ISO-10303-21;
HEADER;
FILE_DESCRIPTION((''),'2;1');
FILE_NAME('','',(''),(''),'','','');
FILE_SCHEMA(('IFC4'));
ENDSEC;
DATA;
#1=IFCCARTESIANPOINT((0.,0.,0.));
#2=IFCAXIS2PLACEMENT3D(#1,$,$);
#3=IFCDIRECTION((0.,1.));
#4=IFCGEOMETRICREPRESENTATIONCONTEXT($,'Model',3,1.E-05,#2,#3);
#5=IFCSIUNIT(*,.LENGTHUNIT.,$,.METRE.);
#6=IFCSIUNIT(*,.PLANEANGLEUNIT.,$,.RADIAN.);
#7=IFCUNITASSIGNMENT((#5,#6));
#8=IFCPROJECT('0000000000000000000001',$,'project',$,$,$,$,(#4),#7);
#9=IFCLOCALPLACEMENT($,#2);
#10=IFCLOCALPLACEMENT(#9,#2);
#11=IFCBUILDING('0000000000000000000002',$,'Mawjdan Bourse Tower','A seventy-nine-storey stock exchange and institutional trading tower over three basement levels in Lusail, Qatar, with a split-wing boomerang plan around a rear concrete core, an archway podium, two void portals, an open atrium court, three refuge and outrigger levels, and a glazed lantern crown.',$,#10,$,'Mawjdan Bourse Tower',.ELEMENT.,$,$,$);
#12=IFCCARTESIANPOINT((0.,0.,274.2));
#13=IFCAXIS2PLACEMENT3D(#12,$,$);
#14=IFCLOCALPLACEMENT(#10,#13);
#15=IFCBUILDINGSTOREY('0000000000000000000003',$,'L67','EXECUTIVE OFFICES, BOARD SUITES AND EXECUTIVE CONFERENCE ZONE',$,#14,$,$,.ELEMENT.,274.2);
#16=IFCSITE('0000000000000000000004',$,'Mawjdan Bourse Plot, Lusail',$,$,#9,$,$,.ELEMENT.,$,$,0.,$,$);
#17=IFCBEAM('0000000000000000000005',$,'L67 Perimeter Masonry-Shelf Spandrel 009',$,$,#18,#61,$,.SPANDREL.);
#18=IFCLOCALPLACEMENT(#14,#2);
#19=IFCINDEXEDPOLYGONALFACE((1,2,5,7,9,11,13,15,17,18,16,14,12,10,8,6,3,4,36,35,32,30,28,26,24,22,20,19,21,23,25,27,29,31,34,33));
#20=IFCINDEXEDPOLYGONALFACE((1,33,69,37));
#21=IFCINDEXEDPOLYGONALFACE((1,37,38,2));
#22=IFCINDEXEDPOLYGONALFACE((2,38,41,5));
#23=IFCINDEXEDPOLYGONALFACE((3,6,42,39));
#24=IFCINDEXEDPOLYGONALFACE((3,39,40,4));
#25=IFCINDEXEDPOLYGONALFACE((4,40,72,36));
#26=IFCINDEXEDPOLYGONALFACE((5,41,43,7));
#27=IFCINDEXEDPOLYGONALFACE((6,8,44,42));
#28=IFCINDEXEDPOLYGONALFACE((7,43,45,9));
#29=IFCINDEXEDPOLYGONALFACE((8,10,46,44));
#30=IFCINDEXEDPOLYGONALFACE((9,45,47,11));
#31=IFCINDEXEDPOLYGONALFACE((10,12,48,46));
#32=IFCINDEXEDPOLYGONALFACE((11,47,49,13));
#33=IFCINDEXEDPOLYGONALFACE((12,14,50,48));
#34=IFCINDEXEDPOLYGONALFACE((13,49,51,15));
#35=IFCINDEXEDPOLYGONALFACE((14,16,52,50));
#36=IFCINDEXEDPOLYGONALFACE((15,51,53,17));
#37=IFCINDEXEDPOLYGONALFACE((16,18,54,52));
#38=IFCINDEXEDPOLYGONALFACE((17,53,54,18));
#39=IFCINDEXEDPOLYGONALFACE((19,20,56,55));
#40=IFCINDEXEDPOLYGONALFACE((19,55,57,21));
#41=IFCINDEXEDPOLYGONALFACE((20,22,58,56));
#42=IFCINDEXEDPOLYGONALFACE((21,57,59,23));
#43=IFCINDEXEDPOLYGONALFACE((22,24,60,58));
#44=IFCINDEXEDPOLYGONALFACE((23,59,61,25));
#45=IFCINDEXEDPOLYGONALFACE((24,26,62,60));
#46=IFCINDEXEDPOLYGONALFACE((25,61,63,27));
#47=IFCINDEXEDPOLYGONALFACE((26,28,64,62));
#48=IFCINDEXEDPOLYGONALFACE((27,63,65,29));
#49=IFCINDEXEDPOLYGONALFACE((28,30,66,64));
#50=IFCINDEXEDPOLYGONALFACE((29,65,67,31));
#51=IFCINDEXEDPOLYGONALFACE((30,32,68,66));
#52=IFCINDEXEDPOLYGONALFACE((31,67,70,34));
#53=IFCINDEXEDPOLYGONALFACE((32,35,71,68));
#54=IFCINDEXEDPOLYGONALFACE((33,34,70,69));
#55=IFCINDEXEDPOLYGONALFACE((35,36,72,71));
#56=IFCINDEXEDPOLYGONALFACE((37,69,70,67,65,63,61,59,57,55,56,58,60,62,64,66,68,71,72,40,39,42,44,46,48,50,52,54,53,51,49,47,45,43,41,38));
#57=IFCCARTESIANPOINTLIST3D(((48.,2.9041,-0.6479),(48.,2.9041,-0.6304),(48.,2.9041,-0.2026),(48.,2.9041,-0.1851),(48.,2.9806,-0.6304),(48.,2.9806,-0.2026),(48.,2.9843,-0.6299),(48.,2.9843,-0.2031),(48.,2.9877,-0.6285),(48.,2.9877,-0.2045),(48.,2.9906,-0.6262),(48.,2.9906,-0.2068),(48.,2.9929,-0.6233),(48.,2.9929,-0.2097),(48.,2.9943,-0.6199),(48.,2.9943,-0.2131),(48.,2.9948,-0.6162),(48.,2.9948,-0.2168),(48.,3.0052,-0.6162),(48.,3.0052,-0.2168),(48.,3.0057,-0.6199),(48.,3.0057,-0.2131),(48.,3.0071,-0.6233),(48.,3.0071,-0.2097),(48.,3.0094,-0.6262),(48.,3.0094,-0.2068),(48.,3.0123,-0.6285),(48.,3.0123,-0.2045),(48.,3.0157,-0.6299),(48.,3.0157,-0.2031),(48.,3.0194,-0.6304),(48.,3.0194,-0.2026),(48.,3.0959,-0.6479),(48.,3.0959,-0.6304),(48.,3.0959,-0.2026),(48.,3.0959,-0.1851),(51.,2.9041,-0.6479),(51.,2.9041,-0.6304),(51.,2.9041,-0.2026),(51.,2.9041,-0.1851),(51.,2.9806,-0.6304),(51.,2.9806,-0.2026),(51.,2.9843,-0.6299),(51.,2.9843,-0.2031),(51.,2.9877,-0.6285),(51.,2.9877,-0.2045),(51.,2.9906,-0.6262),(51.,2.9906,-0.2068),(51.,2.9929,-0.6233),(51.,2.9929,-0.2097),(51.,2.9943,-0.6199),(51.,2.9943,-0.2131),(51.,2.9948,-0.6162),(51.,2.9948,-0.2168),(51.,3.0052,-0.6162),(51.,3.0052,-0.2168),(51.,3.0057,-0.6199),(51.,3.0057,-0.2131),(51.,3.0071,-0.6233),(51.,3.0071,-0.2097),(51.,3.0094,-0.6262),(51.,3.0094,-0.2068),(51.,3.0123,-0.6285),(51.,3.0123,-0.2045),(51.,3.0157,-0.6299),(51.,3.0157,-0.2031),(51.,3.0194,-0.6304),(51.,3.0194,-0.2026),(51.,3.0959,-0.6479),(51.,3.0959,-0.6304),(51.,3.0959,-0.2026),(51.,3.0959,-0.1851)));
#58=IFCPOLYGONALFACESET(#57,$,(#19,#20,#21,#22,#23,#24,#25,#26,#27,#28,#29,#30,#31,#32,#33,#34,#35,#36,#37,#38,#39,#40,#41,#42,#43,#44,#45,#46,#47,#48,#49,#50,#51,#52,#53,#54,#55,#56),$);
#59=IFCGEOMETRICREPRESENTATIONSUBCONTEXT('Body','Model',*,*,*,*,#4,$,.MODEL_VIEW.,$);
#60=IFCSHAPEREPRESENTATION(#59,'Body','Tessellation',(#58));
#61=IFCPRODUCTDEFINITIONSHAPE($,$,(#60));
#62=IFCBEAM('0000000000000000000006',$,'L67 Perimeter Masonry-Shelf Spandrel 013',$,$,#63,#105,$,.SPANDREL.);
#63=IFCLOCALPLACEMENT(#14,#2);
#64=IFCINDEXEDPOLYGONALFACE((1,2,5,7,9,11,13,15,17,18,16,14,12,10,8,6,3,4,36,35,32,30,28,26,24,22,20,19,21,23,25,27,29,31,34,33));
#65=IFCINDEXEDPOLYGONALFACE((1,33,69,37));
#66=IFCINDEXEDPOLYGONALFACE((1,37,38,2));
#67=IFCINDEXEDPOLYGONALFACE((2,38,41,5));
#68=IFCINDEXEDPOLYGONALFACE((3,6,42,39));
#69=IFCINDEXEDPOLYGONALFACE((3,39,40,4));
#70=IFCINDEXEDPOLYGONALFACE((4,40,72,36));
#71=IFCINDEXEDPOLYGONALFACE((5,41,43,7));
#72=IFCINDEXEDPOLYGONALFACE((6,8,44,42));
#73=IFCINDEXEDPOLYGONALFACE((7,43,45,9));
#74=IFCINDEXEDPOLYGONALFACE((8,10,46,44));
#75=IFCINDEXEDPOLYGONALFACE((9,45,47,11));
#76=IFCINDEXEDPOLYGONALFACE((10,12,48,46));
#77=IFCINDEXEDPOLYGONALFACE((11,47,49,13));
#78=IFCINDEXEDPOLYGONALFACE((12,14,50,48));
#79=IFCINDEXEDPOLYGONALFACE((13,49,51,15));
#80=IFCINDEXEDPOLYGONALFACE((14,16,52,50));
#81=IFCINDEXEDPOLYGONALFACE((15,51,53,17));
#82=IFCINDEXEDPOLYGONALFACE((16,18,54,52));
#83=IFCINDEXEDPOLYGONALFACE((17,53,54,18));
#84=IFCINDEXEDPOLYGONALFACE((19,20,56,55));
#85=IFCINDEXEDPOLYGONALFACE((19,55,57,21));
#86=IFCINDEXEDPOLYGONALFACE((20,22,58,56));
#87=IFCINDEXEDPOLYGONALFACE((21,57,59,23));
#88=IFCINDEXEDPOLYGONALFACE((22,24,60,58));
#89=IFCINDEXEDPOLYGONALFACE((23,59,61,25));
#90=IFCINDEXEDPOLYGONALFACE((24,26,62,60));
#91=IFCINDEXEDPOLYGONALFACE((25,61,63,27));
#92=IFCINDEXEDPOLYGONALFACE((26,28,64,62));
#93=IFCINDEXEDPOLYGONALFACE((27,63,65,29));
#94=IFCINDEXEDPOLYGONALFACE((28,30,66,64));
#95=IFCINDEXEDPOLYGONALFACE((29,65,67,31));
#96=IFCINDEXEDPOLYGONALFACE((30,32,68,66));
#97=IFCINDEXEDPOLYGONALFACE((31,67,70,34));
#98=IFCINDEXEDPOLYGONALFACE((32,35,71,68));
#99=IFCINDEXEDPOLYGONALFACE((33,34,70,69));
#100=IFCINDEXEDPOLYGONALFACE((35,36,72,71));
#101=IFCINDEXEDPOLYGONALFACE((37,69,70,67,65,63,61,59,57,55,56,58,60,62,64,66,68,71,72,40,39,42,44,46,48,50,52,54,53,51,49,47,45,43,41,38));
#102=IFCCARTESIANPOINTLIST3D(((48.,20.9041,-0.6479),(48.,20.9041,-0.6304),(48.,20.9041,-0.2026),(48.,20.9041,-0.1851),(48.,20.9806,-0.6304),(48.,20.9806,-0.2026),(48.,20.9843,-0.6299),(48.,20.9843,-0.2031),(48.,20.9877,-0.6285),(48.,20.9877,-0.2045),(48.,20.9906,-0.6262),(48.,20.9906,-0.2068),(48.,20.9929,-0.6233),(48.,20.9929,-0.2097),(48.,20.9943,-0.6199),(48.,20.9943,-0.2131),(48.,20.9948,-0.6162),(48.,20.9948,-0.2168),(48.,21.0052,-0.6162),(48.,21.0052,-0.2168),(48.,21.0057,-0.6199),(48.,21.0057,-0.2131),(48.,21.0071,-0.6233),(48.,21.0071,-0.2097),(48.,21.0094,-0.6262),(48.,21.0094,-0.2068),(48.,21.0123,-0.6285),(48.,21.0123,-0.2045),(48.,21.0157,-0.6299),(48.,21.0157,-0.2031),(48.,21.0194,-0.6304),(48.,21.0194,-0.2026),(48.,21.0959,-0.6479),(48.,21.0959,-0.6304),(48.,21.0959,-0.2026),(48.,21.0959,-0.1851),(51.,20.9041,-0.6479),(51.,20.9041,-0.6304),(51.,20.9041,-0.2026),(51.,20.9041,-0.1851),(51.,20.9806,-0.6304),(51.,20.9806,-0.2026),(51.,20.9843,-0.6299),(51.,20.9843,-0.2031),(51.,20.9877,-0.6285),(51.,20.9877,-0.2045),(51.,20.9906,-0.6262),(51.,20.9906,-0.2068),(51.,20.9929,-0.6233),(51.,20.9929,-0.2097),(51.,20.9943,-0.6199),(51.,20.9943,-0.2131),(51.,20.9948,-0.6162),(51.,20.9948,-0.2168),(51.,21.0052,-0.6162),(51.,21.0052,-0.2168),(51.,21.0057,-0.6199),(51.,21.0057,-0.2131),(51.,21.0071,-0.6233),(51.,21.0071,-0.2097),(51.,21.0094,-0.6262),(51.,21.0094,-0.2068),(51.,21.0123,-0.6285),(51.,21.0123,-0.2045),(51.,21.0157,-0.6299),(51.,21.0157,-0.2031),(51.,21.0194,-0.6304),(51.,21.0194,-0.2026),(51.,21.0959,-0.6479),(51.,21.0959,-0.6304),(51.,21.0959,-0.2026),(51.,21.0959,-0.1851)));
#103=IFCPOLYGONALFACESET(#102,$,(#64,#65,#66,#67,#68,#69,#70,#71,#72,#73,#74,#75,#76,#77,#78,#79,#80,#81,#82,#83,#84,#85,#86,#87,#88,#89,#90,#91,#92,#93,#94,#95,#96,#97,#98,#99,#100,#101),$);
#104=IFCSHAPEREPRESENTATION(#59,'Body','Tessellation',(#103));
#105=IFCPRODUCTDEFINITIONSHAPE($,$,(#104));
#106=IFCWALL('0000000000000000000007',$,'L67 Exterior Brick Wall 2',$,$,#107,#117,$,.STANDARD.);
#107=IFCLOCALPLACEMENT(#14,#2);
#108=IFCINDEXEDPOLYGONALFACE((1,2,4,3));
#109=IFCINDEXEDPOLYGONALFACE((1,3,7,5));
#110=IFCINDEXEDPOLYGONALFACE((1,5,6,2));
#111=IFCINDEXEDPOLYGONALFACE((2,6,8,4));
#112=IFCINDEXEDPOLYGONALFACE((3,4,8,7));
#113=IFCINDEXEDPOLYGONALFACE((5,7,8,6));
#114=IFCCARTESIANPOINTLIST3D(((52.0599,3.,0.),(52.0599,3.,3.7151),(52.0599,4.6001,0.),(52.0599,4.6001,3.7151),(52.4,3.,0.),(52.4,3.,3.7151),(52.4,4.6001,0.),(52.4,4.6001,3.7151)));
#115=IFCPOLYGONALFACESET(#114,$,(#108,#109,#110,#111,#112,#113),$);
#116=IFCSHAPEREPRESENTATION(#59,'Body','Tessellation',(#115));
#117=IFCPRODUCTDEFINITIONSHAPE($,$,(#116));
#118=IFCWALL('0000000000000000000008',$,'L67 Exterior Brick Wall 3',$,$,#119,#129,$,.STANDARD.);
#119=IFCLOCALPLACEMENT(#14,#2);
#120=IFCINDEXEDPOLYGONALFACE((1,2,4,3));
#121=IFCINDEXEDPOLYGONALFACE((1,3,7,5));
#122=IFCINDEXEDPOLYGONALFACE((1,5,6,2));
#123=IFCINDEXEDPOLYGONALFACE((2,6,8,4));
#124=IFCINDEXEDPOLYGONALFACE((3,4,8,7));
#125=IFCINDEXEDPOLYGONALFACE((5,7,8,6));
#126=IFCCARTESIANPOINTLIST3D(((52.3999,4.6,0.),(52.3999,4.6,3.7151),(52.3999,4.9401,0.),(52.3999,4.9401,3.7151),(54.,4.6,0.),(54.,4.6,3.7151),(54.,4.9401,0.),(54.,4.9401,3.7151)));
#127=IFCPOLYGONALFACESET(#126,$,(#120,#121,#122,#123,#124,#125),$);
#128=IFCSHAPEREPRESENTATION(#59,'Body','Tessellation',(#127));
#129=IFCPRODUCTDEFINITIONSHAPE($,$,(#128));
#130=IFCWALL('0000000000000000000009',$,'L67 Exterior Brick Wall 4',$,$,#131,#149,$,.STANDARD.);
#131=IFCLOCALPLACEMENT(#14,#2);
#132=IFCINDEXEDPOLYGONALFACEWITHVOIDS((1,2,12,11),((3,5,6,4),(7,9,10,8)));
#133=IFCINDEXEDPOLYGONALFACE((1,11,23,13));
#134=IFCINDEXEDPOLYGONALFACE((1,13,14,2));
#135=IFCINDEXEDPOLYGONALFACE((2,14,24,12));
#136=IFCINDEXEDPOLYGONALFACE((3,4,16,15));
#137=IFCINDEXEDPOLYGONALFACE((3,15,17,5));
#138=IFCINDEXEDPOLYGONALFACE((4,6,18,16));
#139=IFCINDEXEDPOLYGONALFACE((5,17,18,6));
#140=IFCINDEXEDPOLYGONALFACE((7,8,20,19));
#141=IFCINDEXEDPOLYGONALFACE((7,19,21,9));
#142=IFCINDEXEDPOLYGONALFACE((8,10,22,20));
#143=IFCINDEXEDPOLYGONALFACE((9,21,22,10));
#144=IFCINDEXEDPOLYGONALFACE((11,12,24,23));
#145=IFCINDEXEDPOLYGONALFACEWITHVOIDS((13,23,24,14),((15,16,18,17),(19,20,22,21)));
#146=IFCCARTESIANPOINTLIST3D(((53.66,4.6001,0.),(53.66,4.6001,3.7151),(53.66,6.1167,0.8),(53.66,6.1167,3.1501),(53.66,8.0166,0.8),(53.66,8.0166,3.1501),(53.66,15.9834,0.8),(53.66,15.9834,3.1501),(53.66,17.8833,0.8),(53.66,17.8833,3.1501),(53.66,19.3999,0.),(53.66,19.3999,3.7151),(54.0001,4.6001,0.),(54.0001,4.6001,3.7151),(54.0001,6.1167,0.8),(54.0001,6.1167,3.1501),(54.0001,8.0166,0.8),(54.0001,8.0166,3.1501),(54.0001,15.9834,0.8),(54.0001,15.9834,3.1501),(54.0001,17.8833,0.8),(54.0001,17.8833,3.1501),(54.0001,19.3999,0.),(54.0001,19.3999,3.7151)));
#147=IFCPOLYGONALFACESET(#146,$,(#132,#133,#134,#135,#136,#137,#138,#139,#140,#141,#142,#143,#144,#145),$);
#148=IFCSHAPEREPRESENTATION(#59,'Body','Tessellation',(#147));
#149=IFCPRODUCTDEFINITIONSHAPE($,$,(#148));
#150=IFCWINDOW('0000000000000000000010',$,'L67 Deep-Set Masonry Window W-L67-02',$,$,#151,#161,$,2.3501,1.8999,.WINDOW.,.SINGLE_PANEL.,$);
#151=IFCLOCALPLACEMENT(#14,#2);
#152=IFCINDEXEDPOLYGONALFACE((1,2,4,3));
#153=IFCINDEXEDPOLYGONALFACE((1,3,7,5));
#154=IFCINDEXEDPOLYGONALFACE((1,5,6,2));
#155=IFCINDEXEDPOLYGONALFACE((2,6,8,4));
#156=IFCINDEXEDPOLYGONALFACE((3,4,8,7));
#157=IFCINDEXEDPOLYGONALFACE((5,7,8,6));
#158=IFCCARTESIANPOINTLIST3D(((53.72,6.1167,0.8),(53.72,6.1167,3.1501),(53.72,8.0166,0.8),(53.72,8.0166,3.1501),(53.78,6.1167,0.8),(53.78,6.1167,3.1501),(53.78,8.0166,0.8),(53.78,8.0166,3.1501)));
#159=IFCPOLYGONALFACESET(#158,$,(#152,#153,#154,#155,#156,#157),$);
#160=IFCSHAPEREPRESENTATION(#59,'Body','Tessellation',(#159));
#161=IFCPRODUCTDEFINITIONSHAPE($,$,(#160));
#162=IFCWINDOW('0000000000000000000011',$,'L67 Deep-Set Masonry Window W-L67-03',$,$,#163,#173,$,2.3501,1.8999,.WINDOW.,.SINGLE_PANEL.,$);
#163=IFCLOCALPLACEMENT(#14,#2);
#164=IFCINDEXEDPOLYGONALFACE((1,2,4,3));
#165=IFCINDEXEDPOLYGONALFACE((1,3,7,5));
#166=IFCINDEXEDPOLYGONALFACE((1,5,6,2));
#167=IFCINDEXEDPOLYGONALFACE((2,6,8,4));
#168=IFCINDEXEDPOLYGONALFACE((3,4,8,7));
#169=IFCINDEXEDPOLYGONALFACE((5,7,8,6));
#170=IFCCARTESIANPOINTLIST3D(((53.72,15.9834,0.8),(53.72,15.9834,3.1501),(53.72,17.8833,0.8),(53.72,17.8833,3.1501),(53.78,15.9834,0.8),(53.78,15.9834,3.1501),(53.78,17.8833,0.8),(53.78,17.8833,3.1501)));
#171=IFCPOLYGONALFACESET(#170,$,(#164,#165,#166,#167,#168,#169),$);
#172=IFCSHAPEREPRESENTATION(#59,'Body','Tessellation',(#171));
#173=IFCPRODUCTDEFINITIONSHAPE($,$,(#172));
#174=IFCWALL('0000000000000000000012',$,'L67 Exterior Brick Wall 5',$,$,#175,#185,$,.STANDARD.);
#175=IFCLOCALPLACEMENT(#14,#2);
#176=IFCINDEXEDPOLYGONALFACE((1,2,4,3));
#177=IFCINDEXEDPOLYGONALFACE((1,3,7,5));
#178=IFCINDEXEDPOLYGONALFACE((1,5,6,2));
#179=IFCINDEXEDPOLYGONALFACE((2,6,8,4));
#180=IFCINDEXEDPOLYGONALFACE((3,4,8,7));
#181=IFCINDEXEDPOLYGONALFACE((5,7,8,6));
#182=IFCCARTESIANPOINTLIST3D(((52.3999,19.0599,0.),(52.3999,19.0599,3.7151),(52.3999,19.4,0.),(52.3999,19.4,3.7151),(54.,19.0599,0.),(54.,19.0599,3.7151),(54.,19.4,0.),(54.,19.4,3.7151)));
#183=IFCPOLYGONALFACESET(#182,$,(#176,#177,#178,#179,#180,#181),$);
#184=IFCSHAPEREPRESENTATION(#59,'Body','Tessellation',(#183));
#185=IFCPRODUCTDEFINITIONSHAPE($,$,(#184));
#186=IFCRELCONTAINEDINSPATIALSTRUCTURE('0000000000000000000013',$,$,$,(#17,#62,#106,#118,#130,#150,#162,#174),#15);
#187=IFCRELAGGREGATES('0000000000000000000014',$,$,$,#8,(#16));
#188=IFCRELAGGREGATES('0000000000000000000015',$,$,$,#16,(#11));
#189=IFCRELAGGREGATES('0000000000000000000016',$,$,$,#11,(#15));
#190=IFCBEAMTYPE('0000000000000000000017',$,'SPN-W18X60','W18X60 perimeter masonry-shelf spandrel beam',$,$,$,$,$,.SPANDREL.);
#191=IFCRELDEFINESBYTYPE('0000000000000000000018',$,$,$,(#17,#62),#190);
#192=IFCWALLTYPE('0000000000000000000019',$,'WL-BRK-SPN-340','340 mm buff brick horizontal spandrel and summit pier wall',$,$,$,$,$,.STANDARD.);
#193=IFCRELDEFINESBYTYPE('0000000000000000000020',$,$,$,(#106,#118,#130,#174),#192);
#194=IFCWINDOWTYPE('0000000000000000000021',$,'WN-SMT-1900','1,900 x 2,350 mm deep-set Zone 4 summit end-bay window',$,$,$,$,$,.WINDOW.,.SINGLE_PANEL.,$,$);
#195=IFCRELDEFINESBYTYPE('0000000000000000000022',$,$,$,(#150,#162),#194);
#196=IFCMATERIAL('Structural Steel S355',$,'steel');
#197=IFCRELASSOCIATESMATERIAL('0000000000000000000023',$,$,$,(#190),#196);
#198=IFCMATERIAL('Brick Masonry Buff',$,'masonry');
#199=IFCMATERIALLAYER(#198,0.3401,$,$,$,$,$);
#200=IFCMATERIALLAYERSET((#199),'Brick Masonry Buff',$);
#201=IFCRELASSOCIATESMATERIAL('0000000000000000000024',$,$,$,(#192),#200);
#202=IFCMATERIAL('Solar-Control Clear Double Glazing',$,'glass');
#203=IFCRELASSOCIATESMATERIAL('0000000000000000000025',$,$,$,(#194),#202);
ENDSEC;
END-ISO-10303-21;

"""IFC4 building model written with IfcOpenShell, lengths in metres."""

from ifc_helpers import new_model, si_unit, direction, frame, frame_2d, origin, origin_2d, place, context, subcontext, project, spatial, rectangle, i_section, extrude, material, layer, layer_set, material_profile, profile_set, type_object, element, fill, save


model = new_model("IFC4")

# Units and contexts
model_context = context("Model", 3, precision=1e-05, world=origin(), true_north=direction((0.0, 1.0)))
body_context = subcontext(model_context, "Body", "Model", "MODEL_VIEW")
ifc_project = project(units=[si_unit("LENGTHUNIT", "METRE"), si_unit("PLANEANGLEUNIT", "RADIAN")], contexts=[model_context])

# Site, building, storey
site_placement = place(None, origin())
site = spatial("IfcSite", under=ifc_project, at=site_placement, Name="Mawjdan Bourse Plot, Lusail", CompositionType="ELEMENT", RefElevation=0.0)
building_placement = place(site_placement, origin())
building = spatial("IfcBuilding", under=site, at=building_placement, Name="Mawjdan Bourse Tower", Description="A seventy-nine-storey stock exchange and institutional trading tower over three basement levels in Lusail, Qatar, with a split-wing boomerang plan around a rear concrete core, an archway podium, two void portals, an open atrium court, three refuge and outrigger levels, and a glazed lantern crown.", LongName="Mawjdan Bourse Tower", CompositionType="ELEMENT")
storey_placement = place(building_placement, frame((0.0, 0.0, 274.2)))
storey = spatial("IfcBuildingStorey", under=building, at=storey_placement, Name="L67", Description="EXECUTIVE OFFICES, BOARD SUITES AND EXECUTIVE CONFERENCE ZONE", CompositionType="ELEMENT", Elevation=274.2)

# Beams
ifc_material_1 = material(Name="Structural Steel S355", Category="steel")
ifc_material_profile_1 = material_profile(ifc_material_1, i_section(OverallWidth=0.1919, OverallDepth=0.4629, WebThickness=0.0105, FlangeThickness=0.0176, FilletRadius=0.0142, at=origin_2d()), Name="W18X60")
ifc_profile_set_1 = profile_set([ifc_material_profile_1], Name="Structural Steel S355")
beam_type_1 = type_object("IfcBeamType", Name="SPN-W18X60", Description="W18X60 perimeter masonry-shelf spandrel beam", PredefinedType="SPANDREL", material=ifc_profile_set_1)
for number, where, z_axis, x_axis, name in (
    (1, (48.0, 3.0, -0.4165), (1.0, 0.0, 0.0), (0.0, 1.0, 0.0), "L67 Perimeter Masonry-Shelf Spandrel 009"),
    (2, (48.0, 21.0, -0.4165), (1.0, 0.0, 0.0), (0.0, 1.0, 0.0), "L67 Perimeter Masonry-Shelf Spandrel 013"),
):
    element("IfcBeam", number, at=place(storey_placement, frame(where, z_axis=z_axis, x_axis=x_axis)), inside=storey, type_object=beam_type_1, Name=name, PredefinedType="SPANDREL", context=body_context, shape_type="SweptSolid", body=[
        extrude(i_section(OverallWidth=0.1919, OverallDepth=0.4629, WebThickness=0.0105, FlangeThickness=0.0176, FilletRadius=0.0142, at=origin_2d()), origin(), (0.0, 0.0, 1.0), 3.0),
    ])

# Walls
ifc_material_2 = material(Name="Brick Masonry Buff", Category="masonry")
ifc_layer = layer(ifc_material_2, 0.3401)
ifc_layer_set = layer_set([ifc_layer], Name="Brick Masonry Buff")
wall_type = type_object("IfcWallType", Name="WL-BRK-SPN-340", Description="340 mm buff brick horizontal spandrel and summit pier wall", PredefinedType="STANDARD", material=ifc_layer_set)
for number, where, z_axis, x_axis, name in (
    (3, (52.23, 3.0, 0.0), (0.0, 0.0, 1.0), (0.0, 1.0, 0.0), "L67 Exterior Brick Wall 2"),
    (4, (52.3999, 4.77, 0.0), (0.0, 0.0, 1.0), (1.0, 0.0, 0.0), "L67 Exterior Brick Wall 3"),
):
    element("IfcWall", number, at=place(storey_placement, frame(where, z_axis=z_axis, x_axis=x_axis)), inside=storey, type_object=wall_type, Name=name, PredefinedType="STANDARD", context=body_context, shape_type="SweptSolid", body=[
        extrude(rectangle(XDim=1.6001, YDim=0.3401, at=frame_2d((0.8, 0.0))), origin(), (0.0, 0.0, 1.0), 3.7151),
    ])

# Wall, openings, windows
wall_1_placement = place(storey_placement, frame((53.8301, 4.6001, 0.0), z_axis=(0.0, 0.0, 1.0), x_axis=(0.0, 1.0, 0.0)))
wall_1 = element("IfcWall", 5, at=wall_1_placement, inside=storey, type_object=wall_type, Name="L67 Exterior Brick Wall 4", PredefinedType="STANDARD", context=body_context, shape_type="SweptSolid", body=[
    extrude(rectangle(XDim=14.7998, YDim=0.3401, at=frame_2d((7.3999, 0.0))), origin(), (0.0, 0.0, 1.0), 3.7151),
])
opening_1_placement = place(wall_1_placement, frame((1.5166, 0.0, 0.8)))
opening_1 = element("IfcOpeningElement", 6, at=opening_1_placement, cuts=wall_1, PredefinedType="OPENING", context=body_context, shape_type="SweptSolid", body=[
    extrude(rectangle(XDim=1.8999, YDim=2.3501, at=frame_2d((0.95, 1.175))), frame((0.0, 0.1802, 0.0), z_axis=(0.0, -1.0, 0.0), x_axis=(1.0, 0.0, 0.0)), (0.0, 0.0, 1.0), 0.3601),
])
opening_2_placement = place(wall_1_placement, frame((11.3833, 0.0, 0.8)))
opening_2 = element("IfcOpeningElement", 7, at=opening_2_placement, cuts=wall_1, PredefinedType="OPENING", context=body_context, shape_type="SweptSolid", body=[
    extrude(rectangle(XDim=1.8999, YDim=2.3501, at=frame_2d((0.95, 1.175))), frame((0.0, 0.1802, 0.0), z_axis=(0.0, -1.0, 0.0), x_axis=(1.0, 0.0, 0.0)), (0.0, 0.0, 1.0), 0.3601),
])
ifc_material_3 = material(Name="Solar-Control Clear Double Glazing", Category="glass")
window_type_1 = type_object("IfcWindowType", Name="WN-SMT-1900", Description="1,900 x 2,350 mm deep-set Zone 4 summit end-bay window", PartitioningType="SINGLE_PANEL", PredefinedType="WINDOW", material=ifc_material_3)
window_1_placement = place(opening_1_placement, origin())
window_1 = element("IfcWindow", 8, at=window_1_placement, inside=storey, type_object=window_type_1, Name="L67 Deep-Set Masonry Window W-L67-02", OverallHeight=2.3501, OverallWidth=1.8999, PartitioningType="SINGLE_PANEL", PredefinedType="WINDOW", context=body_context, shape_type="SweptSolid", body=[
    extrude(rectangle(XDim=1.8999, YDim=2.3501, at=frame_2d((0.95, 1.175))), frame((0.0, 0.1101, 0.0), z_axis=(0.0, -1.0, 0.0), x_axis=(1.0, 0.0, 0.0)), (0.0, 0.0, 1.0), 0.0601),
])
fill(opening_1, window_1)
window_2_placement = place(opening_2_placement, origin())
window_2 = element("IfcWindow", 9, at=window_2_placement, inside=storey, type_object=window_type_1, Name="L67 Deep-Set Masonry Window W-L67-03", OverallHeight=2.3501, OverallWidth=1.8999, PartitioningType="SINGLE_PANEL", PredefinedType="WINDOW", context=body_context, shape_type="SweptSolid", body=[
    extrude(rectangle(XDim=1.8999, YDim=2.3501, at=frame_2d((0.95, 1.175))), frame((0.0, 0.1101, 0.0), z_axis=(0.0, -1.0, 0.0), x_axis=(1.0, 0.0, 0.0)), (0.0, 0.0, 1.0), 0.0601),
])
fill(opening_2, window_2)

# Wall
for number, where, z_axis, x_axis, name in (
    (10, (54.0, 19.23, 0.0), (0.0, 0.0, 1.0), (-1.0, 0.0, 0.0), "L67 Exterior Brick Wall 5"),
):
    element("IfcWall", number, at=place(storey_placement, frame(where, z_axis=z_axis, x_axis=x_axis)), inside=storey, type_object=wall_type, Name=name, PredefinedType="STANDARD", context=body_context, shape_type="SweptSolid", body=[
        extrude(rectangle(XDim=1.6001, YDim=0.3401, at=frame_2d((0.8, 0.0))), origin(), (0.0, 0.0, 1.0), 3.7151),
    ])

save(model, "model.ifc")
